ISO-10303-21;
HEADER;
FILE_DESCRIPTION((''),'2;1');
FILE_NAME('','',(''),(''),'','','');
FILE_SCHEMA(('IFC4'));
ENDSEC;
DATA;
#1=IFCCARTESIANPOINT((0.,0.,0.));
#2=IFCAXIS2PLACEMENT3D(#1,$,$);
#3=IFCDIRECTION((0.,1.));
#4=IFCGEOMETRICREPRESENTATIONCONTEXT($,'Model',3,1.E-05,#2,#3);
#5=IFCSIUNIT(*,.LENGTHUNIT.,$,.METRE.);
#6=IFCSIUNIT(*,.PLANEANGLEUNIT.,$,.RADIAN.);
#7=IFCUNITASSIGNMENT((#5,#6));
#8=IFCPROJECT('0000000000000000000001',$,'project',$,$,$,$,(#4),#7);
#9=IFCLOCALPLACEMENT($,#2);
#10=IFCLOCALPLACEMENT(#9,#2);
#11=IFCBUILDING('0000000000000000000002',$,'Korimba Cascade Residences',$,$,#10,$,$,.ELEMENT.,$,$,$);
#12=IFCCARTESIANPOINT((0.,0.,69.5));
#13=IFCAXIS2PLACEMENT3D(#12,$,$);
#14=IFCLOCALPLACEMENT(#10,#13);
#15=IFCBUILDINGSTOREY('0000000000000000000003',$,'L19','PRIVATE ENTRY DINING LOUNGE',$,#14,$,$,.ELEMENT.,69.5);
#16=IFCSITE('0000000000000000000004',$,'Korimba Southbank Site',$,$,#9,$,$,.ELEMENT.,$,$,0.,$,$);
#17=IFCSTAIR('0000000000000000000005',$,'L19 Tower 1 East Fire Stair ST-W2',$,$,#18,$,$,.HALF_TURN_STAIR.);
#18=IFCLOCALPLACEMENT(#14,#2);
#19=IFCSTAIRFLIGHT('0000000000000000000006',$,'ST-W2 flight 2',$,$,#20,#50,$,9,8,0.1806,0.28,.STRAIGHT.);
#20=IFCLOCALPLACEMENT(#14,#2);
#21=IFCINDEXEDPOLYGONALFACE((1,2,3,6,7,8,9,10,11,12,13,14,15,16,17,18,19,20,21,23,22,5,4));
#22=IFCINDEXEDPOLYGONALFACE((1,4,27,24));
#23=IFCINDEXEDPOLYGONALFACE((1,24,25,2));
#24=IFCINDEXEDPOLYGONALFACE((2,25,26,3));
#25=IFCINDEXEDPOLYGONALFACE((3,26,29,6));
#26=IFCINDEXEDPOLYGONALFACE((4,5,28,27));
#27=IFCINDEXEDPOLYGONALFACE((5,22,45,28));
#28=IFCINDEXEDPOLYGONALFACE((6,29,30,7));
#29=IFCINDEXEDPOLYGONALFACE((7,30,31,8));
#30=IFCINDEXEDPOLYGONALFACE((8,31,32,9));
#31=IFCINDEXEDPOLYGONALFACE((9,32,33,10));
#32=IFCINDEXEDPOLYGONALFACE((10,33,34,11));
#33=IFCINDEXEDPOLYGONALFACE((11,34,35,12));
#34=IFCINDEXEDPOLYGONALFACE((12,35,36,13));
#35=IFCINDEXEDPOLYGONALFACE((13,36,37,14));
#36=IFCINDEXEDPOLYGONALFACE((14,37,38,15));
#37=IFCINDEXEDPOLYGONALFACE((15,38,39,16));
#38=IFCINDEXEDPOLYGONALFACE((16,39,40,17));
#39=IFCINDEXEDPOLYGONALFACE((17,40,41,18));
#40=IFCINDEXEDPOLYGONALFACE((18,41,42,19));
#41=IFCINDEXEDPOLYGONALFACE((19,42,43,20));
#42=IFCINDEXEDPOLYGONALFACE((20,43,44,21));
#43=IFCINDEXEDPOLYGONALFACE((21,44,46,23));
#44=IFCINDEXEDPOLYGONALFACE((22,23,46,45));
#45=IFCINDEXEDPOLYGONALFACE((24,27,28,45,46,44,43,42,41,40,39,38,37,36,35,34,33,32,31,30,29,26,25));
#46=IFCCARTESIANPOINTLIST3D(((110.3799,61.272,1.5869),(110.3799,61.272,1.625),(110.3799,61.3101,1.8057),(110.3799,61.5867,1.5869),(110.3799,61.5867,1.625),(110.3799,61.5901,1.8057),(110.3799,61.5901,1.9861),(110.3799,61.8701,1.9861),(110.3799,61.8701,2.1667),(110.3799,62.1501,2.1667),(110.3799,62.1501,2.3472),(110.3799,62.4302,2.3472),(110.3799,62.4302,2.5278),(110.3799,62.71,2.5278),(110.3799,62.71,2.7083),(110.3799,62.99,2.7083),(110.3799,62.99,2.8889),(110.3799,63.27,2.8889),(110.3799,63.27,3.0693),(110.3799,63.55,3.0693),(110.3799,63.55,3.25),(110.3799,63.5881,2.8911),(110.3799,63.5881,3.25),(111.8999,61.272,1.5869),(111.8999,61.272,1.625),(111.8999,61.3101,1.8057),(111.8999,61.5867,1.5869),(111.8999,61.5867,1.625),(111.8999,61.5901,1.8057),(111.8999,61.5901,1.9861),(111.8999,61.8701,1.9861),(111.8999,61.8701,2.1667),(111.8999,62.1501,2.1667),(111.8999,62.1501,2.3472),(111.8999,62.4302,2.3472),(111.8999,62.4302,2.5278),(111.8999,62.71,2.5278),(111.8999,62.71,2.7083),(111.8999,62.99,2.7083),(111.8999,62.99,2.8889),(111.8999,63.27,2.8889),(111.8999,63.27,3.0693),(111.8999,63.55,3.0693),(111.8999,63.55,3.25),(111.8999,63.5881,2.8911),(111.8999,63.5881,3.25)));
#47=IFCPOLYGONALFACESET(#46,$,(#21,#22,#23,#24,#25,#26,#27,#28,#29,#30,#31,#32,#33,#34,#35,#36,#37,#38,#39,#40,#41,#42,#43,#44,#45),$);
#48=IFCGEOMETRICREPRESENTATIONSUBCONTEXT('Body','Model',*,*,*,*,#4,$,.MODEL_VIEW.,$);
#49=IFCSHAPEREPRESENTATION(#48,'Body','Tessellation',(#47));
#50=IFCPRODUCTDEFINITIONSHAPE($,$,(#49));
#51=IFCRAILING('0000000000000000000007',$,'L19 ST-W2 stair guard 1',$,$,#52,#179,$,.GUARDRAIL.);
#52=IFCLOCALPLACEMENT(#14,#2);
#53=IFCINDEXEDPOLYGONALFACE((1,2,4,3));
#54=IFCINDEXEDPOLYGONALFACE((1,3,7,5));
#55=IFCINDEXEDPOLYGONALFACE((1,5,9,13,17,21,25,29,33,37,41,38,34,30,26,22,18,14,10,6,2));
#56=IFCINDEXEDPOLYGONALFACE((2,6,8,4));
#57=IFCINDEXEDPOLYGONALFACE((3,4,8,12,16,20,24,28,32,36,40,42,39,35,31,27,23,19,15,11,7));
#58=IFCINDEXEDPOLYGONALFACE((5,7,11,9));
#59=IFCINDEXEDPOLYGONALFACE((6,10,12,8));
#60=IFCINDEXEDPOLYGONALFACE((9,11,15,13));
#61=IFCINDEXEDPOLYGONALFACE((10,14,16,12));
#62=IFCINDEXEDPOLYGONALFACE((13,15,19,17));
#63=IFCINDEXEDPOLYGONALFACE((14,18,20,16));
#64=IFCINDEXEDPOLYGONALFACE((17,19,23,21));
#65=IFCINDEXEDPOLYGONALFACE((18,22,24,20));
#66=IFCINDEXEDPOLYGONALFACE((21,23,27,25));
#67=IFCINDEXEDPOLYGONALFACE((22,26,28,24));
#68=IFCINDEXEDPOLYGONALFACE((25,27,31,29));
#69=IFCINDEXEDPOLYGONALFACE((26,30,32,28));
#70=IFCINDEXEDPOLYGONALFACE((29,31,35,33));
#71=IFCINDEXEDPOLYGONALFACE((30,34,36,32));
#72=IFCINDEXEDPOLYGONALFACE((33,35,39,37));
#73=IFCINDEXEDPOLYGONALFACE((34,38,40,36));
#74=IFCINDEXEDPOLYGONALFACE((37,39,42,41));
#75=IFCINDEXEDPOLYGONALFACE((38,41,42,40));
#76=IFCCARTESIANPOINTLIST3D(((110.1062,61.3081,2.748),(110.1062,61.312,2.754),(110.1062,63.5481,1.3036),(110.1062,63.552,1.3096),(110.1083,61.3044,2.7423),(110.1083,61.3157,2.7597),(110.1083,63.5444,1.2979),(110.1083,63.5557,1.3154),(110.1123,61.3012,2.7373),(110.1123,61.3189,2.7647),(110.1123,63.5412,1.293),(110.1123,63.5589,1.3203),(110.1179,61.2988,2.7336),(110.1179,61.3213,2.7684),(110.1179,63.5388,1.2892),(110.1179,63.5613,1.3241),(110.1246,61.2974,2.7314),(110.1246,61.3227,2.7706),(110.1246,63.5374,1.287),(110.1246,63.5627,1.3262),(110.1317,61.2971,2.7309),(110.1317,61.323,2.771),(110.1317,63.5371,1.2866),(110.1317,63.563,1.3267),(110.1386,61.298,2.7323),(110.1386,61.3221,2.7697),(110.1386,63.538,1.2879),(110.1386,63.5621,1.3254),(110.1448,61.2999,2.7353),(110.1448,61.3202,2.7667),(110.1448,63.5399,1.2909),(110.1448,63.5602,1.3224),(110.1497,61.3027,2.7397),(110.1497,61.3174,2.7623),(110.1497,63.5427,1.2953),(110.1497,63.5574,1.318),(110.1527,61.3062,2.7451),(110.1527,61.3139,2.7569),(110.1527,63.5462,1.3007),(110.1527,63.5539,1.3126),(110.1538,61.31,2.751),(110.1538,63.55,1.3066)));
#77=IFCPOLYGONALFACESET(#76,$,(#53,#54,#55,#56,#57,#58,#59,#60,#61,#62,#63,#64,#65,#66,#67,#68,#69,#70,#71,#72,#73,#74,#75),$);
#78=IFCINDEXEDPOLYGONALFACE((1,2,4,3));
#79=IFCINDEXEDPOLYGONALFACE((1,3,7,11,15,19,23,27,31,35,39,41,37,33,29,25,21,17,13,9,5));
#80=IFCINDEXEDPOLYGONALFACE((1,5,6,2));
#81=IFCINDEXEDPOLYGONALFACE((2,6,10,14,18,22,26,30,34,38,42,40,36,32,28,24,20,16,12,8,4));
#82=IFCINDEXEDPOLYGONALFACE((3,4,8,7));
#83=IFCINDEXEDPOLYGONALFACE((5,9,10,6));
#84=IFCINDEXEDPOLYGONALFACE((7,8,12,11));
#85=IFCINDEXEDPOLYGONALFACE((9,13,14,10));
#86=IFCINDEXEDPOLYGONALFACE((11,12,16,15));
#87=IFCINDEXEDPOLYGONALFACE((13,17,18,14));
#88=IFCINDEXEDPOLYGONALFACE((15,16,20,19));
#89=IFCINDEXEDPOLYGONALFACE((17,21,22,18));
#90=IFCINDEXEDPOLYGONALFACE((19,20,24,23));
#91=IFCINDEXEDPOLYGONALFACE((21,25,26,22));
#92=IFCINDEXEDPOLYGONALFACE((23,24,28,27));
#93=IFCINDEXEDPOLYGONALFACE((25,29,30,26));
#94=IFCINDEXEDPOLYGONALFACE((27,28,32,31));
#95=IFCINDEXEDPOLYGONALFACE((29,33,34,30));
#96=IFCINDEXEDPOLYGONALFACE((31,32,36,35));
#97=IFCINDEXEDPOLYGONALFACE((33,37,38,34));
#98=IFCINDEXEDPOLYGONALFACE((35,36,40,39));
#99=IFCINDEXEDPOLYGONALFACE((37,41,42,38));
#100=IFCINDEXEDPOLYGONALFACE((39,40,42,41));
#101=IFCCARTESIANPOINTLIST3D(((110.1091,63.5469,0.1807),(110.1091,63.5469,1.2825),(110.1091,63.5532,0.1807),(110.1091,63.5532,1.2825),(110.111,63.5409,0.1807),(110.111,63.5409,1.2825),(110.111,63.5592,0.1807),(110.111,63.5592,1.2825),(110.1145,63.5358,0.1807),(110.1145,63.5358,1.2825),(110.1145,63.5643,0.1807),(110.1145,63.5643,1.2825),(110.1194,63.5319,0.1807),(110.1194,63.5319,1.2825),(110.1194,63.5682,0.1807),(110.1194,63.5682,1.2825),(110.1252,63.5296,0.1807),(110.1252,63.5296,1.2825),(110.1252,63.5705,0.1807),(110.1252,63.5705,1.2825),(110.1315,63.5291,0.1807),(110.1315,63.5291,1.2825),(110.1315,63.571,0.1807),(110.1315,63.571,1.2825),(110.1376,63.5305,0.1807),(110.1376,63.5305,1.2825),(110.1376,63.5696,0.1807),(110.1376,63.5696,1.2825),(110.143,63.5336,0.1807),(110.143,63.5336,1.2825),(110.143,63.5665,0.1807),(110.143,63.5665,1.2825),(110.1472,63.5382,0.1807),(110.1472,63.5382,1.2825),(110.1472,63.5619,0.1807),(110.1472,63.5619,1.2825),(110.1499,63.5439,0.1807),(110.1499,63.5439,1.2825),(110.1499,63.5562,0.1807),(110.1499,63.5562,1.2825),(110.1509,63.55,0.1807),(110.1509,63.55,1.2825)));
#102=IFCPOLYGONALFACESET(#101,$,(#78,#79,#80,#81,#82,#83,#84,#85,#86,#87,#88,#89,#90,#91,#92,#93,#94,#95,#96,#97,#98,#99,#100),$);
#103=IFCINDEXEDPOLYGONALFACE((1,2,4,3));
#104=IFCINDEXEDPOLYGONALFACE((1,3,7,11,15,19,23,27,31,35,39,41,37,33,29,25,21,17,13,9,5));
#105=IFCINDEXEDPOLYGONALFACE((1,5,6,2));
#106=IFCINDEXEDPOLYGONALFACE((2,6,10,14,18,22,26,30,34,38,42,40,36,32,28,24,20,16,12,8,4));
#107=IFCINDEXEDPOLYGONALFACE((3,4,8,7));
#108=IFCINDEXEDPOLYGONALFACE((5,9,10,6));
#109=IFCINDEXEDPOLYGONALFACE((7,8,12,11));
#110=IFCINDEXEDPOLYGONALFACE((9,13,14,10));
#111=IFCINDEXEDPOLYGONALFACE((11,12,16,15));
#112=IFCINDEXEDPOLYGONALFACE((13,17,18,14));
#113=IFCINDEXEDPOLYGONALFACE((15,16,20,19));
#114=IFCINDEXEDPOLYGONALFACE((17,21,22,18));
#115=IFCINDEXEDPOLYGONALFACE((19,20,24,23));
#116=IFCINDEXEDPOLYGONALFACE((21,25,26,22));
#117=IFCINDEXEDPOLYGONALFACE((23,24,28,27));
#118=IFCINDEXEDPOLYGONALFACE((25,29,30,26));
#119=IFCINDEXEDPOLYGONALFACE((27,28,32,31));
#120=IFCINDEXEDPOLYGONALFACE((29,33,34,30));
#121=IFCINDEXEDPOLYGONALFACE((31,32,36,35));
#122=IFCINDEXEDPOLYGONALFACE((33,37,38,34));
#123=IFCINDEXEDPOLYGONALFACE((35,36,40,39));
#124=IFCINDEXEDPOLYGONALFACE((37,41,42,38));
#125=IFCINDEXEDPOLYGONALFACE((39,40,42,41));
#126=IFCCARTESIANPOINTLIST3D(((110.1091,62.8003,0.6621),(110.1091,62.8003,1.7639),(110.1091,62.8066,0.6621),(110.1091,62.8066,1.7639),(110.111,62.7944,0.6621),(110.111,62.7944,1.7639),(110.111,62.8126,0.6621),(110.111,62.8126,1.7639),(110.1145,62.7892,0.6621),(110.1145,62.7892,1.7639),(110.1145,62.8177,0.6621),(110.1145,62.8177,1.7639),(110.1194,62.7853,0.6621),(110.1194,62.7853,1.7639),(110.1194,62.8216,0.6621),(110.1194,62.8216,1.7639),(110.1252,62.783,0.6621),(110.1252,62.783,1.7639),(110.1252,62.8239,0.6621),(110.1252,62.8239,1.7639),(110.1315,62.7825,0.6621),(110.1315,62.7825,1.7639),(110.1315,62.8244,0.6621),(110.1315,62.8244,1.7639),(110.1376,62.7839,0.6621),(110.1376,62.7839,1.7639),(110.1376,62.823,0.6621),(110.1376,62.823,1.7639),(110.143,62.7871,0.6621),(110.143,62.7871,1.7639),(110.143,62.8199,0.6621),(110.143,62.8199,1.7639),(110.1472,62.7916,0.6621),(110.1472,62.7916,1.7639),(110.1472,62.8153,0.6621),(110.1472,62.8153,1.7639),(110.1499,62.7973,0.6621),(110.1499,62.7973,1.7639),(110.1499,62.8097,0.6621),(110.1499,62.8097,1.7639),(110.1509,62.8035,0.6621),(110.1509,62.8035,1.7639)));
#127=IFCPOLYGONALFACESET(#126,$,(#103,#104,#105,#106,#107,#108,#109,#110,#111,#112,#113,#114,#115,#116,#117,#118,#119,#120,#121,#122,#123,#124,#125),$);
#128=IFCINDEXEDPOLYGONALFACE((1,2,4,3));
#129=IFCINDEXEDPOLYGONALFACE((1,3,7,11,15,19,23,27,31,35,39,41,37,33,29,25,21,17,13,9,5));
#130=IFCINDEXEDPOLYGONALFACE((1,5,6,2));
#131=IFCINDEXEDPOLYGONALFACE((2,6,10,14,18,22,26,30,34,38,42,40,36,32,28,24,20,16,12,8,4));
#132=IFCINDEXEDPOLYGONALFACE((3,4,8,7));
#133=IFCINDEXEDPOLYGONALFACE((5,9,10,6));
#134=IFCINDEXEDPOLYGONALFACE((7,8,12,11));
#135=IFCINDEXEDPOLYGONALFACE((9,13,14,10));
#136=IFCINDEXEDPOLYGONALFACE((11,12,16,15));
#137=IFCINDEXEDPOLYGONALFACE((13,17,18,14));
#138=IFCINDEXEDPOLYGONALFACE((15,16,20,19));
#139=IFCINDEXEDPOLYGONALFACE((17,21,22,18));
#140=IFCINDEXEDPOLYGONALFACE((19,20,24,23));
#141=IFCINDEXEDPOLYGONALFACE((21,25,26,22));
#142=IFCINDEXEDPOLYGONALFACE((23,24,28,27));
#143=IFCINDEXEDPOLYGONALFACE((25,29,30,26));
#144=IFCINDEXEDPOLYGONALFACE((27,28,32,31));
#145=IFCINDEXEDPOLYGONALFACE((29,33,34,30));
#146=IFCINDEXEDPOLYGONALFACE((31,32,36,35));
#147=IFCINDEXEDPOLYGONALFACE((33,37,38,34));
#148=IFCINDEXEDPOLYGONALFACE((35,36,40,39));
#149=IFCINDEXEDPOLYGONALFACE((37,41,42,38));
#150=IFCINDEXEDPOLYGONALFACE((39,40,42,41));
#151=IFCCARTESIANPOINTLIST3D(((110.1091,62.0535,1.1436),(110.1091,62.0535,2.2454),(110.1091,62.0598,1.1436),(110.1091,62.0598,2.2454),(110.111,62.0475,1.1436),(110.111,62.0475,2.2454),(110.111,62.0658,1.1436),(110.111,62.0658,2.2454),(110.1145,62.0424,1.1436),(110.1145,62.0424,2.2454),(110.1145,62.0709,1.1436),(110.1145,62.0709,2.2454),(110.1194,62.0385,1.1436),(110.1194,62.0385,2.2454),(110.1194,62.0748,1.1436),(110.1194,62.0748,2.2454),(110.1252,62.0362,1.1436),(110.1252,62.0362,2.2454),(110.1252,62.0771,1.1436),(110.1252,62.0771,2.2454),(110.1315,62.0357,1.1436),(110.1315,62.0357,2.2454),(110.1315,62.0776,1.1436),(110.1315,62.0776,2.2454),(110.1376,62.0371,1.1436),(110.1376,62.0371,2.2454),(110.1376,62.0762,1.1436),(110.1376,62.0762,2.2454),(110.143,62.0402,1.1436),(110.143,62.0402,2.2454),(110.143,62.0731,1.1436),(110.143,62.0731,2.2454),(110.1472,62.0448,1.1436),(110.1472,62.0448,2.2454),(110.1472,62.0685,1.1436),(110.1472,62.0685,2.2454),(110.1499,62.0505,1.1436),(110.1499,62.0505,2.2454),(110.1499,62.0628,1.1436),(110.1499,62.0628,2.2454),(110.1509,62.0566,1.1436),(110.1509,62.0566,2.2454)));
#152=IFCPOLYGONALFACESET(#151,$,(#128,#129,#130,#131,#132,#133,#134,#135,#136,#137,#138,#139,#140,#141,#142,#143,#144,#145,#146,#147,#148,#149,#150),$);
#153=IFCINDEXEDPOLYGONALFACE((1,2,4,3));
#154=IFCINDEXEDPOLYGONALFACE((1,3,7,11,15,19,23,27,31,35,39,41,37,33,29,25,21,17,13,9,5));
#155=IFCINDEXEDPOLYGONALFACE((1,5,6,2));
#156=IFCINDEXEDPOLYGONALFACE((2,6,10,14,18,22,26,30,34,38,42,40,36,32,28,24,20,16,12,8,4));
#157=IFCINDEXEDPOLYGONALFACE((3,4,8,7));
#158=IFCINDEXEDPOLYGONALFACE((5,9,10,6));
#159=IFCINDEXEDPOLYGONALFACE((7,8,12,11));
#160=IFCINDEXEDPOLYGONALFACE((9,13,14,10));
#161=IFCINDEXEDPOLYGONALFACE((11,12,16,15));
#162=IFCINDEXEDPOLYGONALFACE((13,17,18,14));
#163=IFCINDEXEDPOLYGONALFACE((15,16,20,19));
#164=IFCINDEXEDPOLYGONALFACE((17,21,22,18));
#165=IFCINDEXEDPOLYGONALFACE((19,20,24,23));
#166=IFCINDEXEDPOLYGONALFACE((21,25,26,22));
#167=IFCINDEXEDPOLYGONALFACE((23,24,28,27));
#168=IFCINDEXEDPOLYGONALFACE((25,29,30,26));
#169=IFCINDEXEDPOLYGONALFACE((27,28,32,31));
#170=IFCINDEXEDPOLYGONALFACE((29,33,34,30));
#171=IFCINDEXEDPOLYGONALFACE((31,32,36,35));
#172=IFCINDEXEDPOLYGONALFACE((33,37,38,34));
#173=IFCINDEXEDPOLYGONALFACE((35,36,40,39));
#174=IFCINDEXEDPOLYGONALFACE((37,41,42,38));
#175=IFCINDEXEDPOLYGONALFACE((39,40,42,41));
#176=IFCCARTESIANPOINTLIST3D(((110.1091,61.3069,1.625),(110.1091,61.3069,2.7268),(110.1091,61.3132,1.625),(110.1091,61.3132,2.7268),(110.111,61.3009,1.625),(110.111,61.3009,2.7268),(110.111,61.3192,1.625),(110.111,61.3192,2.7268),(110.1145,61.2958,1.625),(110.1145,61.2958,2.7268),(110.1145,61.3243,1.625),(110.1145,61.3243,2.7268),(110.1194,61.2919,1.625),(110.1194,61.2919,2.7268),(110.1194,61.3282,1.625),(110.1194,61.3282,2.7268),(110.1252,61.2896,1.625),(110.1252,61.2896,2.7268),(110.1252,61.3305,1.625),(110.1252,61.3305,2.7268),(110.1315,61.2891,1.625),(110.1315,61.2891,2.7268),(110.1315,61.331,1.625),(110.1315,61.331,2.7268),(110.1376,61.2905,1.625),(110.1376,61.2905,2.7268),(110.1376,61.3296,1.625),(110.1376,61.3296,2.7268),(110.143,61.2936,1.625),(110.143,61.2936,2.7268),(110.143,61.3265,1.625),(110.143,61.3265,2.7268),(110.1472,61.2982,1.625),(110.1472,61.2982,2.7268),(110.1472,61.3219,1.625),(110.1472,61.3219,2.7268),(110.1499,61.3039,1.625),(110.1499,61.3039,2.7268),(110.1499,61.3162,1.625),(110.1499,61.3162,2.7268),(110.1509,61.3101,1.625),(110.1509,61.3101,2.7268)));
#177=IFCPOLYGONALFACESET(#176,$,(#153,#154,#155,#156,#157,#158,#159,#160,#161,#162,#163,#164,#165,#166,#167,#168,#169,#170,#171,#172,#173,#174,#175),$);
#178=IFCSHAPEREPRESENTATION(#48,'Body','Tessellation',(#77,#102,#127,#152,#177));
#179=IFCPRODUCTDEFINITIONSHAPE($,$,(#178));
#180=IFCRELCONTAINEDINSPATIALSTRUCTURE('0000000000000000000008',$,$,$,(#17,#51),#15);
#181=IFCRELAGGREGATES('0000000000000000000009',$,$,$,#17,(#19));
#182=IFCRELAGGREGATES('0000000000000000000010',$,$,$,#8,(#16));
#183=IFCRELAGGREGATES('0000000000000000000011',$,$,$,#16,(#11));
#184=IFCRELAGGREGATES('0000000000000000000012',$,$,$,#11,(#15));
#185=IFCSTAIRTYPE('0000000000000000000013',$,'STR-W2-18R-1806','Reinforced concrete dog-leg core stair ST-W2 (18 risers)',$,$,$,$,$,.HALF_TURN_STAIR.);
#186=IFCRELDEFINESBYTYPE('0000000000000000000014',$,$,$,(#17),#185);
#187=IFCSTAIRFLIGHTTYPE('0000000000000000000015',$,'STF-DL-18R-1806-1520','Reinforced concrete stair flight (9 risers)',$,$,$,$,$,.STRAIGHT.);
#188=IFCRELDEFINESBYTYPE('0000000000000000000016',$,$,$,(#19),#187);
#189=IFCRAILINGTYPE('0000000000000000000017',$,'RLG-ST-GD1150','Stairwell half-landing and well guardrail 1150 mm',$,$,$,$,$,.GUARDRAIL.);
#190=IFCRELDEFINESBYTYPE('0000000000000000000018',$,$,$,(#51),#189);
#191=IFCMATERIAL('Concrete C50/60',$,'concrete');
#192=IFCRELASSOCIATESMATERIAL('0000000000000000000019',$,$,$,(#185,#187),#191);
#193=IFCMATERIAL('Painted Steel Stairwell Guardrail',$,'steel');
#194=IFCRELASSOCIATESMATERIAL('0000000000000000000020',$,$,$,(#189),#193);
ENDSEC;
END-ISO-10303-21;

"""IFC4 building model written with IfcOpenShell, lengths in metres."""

from ifc_helpers import new_model, si_unit, direction, frame, origin, origin_2d, place, context, subcontext, project, spatial, polyline, circle, outline, extrude, material, type_object, element, aggregate, save


model = new_model("IFC4")

# Units and contexts
model_context = context("Model", 3, precision=1e-05, world=origin(), true_north=direction((0.0, 1.0)))
body_context = subcontext(model_context, "Body", "Model", "MODEL_VIEW")
ifc_project = project(units=[si_unit("LENGTHUNIT", "METRE"), si_unit("PLANEANGLEUNIT", "RADIAN")], contexts=[model_context])

# Site, building, storey
site_placement = place(None, origin())
site = spatial("IfcSite", under=ifc_project, at=site_placement, Name="Korimba Southbank Site", CompositionType="ELEMENT", RefElevation=0.0)
building_placement = place(site_placement, origin())
building = spatial("IfcBuilding", under=site, at=building_placement, Name="Korimba Cascade Residences", CompositionType="ELEMENT")
storey_placement = place(building_placement, frame((0.0, 0.0, 69.5)))
storey = spatial("IfcBuildingStorey", under=building, at=storey_placement, Name="L19", Description="PRIVATE ENTRY DINING LOUNGE", CompositionType="ELEMENT", Elevation=69.5)

# Shared definitions
ifc_material_1 = material(Name="Concrete C50/60", Category="concrete")

# Stair, stair flight
stair_type = type_object("IfcStairType", Name="STR-W2-18R-1806", Description="Reinforced concrete dog-leg core stair ST-W2 (18 risers)", PredefinedType="HALF_TURN_STAIR", material=ifc_material_1)
stair_placement = place(storey_placement, origin())
stair = element("IfcStair", 1, at=stair_placement, inside=storey, type_object=stair_type, Name="L19 Tower 1 East Fire Stair ST-W2", PredefinedType="HALF_TURN_STAIR")
stair_flight_type = type_object("IfcStairFlightType", Name="STF-DL-18R-1806-1520", Description="Reinforced concrete stair flight (9 risers)", PredefinedType="STRAIGHT", material=ifc_material_1)
stair_flight_1_placement = place(storey_placement, frame((111.1399, 61.3101, 1.625), z_axis=(0.0, 0.0, 1.0), x_axis=(0.0, 1.0, 0.0)))
stair_flight_1 = element("IfcStairFlight", 2, at=stair_flight_1_placement, type_object=stair_flight_type, Name="ST-W2 flight 2", NumberOfRisers=9, NumberOfTreads=8, PredefinedType="STRAIGHT", RiserHeight=0.1806, TreadLength=0.28, context=body_context, shape_type="SweptSolid", body=[
    extrude(outline(polyline([(-0.0381, 0.0), (0.0, 0.1807), (0.28, 0.1807), (0.28, 0.3611), (0.5601, 0.3611), (0.5601, 0.5417), (0.8401, 0.5417), (0.8401, 0.7222), (1.1201, 0.7222), (1.1201, 0.9028), (1.3999, 0.9028), (1.3999, 1.0833), (1.6799, 1.0833), (1.6799, 1.2639), (1.96, 1.2639), (1.96, 1.4443), (2.24, 1.4443), (2.24, 1.625), (2.2781, 1.625), (2.2781, 1.2661), (0.2766, 0.0), (0.2766, -0.0381), (-0.0381, -0.0381), (-0.0381, 0.0)])), frame((0.0, 0.76, 0.0), z_axis=(0.0, -1.0, 0.0), x_axis=(1.0, 0.0, 0.0)), (0.0, 0.0, 1.0), 1.52),
])
aggregate(stair, [stair_flight_1])

# Railing
ifc_material_2 = material(Name="Painted Steel Stairwell Guardrail", Category="steel")
railing_type_1 = type_object("IfcRailingType", Name="RLG-ST-GD1150", Description="Stairwell half-landing and well guardrail 1150 mm", PredefinedType="GUARDRAIL", material=ifc_material_2)
railing_1_placement = place(storey_placement, frame((110.1299, 63.55, 0.1807)))
element("IfcRailing", 3, at=railing_1_placement, inside=storey, type_object=railing_type_1, Name="L19 ST-W2 stair guard 1", PredefinedType="GUARDRAIL", context=body_context, shape_type="SweptSolid", body=[
    extrude(circle(Radius=0.0239, at=origin_2d()), frame((0.0, 0.0, 1.126), z_axis=(0.0, -0.840437, 0.54191), x_axis=(1.0, 0.0, 0.0)), (0.0, 0.0, 1.0), 2.6653),
    extrude(circle(Radius=0.021, at=origin_2d()), origin(), (0.0, 0.0, 1.0), 1.1018),
    extrude(circle(Radius=0.021, at=origin_2d()), frame((0.0, -0.7466, 0.4814)), (0.0, 0.0, 1.0), 1.1018),
    extrude(circle(Radius=0.021, at=origin_2d()), frame((0.0, -1.4934, 0.9629)), (0.0, 0.0, 1.0), 1.1018),
    extrude(circle(Radius=0.021, at=origin_2d()), frame((0.0, -2.24, 1.4443)), (0.0, 0.0, 1.0), 1.1018),
])

save(model, "model.ifc")
